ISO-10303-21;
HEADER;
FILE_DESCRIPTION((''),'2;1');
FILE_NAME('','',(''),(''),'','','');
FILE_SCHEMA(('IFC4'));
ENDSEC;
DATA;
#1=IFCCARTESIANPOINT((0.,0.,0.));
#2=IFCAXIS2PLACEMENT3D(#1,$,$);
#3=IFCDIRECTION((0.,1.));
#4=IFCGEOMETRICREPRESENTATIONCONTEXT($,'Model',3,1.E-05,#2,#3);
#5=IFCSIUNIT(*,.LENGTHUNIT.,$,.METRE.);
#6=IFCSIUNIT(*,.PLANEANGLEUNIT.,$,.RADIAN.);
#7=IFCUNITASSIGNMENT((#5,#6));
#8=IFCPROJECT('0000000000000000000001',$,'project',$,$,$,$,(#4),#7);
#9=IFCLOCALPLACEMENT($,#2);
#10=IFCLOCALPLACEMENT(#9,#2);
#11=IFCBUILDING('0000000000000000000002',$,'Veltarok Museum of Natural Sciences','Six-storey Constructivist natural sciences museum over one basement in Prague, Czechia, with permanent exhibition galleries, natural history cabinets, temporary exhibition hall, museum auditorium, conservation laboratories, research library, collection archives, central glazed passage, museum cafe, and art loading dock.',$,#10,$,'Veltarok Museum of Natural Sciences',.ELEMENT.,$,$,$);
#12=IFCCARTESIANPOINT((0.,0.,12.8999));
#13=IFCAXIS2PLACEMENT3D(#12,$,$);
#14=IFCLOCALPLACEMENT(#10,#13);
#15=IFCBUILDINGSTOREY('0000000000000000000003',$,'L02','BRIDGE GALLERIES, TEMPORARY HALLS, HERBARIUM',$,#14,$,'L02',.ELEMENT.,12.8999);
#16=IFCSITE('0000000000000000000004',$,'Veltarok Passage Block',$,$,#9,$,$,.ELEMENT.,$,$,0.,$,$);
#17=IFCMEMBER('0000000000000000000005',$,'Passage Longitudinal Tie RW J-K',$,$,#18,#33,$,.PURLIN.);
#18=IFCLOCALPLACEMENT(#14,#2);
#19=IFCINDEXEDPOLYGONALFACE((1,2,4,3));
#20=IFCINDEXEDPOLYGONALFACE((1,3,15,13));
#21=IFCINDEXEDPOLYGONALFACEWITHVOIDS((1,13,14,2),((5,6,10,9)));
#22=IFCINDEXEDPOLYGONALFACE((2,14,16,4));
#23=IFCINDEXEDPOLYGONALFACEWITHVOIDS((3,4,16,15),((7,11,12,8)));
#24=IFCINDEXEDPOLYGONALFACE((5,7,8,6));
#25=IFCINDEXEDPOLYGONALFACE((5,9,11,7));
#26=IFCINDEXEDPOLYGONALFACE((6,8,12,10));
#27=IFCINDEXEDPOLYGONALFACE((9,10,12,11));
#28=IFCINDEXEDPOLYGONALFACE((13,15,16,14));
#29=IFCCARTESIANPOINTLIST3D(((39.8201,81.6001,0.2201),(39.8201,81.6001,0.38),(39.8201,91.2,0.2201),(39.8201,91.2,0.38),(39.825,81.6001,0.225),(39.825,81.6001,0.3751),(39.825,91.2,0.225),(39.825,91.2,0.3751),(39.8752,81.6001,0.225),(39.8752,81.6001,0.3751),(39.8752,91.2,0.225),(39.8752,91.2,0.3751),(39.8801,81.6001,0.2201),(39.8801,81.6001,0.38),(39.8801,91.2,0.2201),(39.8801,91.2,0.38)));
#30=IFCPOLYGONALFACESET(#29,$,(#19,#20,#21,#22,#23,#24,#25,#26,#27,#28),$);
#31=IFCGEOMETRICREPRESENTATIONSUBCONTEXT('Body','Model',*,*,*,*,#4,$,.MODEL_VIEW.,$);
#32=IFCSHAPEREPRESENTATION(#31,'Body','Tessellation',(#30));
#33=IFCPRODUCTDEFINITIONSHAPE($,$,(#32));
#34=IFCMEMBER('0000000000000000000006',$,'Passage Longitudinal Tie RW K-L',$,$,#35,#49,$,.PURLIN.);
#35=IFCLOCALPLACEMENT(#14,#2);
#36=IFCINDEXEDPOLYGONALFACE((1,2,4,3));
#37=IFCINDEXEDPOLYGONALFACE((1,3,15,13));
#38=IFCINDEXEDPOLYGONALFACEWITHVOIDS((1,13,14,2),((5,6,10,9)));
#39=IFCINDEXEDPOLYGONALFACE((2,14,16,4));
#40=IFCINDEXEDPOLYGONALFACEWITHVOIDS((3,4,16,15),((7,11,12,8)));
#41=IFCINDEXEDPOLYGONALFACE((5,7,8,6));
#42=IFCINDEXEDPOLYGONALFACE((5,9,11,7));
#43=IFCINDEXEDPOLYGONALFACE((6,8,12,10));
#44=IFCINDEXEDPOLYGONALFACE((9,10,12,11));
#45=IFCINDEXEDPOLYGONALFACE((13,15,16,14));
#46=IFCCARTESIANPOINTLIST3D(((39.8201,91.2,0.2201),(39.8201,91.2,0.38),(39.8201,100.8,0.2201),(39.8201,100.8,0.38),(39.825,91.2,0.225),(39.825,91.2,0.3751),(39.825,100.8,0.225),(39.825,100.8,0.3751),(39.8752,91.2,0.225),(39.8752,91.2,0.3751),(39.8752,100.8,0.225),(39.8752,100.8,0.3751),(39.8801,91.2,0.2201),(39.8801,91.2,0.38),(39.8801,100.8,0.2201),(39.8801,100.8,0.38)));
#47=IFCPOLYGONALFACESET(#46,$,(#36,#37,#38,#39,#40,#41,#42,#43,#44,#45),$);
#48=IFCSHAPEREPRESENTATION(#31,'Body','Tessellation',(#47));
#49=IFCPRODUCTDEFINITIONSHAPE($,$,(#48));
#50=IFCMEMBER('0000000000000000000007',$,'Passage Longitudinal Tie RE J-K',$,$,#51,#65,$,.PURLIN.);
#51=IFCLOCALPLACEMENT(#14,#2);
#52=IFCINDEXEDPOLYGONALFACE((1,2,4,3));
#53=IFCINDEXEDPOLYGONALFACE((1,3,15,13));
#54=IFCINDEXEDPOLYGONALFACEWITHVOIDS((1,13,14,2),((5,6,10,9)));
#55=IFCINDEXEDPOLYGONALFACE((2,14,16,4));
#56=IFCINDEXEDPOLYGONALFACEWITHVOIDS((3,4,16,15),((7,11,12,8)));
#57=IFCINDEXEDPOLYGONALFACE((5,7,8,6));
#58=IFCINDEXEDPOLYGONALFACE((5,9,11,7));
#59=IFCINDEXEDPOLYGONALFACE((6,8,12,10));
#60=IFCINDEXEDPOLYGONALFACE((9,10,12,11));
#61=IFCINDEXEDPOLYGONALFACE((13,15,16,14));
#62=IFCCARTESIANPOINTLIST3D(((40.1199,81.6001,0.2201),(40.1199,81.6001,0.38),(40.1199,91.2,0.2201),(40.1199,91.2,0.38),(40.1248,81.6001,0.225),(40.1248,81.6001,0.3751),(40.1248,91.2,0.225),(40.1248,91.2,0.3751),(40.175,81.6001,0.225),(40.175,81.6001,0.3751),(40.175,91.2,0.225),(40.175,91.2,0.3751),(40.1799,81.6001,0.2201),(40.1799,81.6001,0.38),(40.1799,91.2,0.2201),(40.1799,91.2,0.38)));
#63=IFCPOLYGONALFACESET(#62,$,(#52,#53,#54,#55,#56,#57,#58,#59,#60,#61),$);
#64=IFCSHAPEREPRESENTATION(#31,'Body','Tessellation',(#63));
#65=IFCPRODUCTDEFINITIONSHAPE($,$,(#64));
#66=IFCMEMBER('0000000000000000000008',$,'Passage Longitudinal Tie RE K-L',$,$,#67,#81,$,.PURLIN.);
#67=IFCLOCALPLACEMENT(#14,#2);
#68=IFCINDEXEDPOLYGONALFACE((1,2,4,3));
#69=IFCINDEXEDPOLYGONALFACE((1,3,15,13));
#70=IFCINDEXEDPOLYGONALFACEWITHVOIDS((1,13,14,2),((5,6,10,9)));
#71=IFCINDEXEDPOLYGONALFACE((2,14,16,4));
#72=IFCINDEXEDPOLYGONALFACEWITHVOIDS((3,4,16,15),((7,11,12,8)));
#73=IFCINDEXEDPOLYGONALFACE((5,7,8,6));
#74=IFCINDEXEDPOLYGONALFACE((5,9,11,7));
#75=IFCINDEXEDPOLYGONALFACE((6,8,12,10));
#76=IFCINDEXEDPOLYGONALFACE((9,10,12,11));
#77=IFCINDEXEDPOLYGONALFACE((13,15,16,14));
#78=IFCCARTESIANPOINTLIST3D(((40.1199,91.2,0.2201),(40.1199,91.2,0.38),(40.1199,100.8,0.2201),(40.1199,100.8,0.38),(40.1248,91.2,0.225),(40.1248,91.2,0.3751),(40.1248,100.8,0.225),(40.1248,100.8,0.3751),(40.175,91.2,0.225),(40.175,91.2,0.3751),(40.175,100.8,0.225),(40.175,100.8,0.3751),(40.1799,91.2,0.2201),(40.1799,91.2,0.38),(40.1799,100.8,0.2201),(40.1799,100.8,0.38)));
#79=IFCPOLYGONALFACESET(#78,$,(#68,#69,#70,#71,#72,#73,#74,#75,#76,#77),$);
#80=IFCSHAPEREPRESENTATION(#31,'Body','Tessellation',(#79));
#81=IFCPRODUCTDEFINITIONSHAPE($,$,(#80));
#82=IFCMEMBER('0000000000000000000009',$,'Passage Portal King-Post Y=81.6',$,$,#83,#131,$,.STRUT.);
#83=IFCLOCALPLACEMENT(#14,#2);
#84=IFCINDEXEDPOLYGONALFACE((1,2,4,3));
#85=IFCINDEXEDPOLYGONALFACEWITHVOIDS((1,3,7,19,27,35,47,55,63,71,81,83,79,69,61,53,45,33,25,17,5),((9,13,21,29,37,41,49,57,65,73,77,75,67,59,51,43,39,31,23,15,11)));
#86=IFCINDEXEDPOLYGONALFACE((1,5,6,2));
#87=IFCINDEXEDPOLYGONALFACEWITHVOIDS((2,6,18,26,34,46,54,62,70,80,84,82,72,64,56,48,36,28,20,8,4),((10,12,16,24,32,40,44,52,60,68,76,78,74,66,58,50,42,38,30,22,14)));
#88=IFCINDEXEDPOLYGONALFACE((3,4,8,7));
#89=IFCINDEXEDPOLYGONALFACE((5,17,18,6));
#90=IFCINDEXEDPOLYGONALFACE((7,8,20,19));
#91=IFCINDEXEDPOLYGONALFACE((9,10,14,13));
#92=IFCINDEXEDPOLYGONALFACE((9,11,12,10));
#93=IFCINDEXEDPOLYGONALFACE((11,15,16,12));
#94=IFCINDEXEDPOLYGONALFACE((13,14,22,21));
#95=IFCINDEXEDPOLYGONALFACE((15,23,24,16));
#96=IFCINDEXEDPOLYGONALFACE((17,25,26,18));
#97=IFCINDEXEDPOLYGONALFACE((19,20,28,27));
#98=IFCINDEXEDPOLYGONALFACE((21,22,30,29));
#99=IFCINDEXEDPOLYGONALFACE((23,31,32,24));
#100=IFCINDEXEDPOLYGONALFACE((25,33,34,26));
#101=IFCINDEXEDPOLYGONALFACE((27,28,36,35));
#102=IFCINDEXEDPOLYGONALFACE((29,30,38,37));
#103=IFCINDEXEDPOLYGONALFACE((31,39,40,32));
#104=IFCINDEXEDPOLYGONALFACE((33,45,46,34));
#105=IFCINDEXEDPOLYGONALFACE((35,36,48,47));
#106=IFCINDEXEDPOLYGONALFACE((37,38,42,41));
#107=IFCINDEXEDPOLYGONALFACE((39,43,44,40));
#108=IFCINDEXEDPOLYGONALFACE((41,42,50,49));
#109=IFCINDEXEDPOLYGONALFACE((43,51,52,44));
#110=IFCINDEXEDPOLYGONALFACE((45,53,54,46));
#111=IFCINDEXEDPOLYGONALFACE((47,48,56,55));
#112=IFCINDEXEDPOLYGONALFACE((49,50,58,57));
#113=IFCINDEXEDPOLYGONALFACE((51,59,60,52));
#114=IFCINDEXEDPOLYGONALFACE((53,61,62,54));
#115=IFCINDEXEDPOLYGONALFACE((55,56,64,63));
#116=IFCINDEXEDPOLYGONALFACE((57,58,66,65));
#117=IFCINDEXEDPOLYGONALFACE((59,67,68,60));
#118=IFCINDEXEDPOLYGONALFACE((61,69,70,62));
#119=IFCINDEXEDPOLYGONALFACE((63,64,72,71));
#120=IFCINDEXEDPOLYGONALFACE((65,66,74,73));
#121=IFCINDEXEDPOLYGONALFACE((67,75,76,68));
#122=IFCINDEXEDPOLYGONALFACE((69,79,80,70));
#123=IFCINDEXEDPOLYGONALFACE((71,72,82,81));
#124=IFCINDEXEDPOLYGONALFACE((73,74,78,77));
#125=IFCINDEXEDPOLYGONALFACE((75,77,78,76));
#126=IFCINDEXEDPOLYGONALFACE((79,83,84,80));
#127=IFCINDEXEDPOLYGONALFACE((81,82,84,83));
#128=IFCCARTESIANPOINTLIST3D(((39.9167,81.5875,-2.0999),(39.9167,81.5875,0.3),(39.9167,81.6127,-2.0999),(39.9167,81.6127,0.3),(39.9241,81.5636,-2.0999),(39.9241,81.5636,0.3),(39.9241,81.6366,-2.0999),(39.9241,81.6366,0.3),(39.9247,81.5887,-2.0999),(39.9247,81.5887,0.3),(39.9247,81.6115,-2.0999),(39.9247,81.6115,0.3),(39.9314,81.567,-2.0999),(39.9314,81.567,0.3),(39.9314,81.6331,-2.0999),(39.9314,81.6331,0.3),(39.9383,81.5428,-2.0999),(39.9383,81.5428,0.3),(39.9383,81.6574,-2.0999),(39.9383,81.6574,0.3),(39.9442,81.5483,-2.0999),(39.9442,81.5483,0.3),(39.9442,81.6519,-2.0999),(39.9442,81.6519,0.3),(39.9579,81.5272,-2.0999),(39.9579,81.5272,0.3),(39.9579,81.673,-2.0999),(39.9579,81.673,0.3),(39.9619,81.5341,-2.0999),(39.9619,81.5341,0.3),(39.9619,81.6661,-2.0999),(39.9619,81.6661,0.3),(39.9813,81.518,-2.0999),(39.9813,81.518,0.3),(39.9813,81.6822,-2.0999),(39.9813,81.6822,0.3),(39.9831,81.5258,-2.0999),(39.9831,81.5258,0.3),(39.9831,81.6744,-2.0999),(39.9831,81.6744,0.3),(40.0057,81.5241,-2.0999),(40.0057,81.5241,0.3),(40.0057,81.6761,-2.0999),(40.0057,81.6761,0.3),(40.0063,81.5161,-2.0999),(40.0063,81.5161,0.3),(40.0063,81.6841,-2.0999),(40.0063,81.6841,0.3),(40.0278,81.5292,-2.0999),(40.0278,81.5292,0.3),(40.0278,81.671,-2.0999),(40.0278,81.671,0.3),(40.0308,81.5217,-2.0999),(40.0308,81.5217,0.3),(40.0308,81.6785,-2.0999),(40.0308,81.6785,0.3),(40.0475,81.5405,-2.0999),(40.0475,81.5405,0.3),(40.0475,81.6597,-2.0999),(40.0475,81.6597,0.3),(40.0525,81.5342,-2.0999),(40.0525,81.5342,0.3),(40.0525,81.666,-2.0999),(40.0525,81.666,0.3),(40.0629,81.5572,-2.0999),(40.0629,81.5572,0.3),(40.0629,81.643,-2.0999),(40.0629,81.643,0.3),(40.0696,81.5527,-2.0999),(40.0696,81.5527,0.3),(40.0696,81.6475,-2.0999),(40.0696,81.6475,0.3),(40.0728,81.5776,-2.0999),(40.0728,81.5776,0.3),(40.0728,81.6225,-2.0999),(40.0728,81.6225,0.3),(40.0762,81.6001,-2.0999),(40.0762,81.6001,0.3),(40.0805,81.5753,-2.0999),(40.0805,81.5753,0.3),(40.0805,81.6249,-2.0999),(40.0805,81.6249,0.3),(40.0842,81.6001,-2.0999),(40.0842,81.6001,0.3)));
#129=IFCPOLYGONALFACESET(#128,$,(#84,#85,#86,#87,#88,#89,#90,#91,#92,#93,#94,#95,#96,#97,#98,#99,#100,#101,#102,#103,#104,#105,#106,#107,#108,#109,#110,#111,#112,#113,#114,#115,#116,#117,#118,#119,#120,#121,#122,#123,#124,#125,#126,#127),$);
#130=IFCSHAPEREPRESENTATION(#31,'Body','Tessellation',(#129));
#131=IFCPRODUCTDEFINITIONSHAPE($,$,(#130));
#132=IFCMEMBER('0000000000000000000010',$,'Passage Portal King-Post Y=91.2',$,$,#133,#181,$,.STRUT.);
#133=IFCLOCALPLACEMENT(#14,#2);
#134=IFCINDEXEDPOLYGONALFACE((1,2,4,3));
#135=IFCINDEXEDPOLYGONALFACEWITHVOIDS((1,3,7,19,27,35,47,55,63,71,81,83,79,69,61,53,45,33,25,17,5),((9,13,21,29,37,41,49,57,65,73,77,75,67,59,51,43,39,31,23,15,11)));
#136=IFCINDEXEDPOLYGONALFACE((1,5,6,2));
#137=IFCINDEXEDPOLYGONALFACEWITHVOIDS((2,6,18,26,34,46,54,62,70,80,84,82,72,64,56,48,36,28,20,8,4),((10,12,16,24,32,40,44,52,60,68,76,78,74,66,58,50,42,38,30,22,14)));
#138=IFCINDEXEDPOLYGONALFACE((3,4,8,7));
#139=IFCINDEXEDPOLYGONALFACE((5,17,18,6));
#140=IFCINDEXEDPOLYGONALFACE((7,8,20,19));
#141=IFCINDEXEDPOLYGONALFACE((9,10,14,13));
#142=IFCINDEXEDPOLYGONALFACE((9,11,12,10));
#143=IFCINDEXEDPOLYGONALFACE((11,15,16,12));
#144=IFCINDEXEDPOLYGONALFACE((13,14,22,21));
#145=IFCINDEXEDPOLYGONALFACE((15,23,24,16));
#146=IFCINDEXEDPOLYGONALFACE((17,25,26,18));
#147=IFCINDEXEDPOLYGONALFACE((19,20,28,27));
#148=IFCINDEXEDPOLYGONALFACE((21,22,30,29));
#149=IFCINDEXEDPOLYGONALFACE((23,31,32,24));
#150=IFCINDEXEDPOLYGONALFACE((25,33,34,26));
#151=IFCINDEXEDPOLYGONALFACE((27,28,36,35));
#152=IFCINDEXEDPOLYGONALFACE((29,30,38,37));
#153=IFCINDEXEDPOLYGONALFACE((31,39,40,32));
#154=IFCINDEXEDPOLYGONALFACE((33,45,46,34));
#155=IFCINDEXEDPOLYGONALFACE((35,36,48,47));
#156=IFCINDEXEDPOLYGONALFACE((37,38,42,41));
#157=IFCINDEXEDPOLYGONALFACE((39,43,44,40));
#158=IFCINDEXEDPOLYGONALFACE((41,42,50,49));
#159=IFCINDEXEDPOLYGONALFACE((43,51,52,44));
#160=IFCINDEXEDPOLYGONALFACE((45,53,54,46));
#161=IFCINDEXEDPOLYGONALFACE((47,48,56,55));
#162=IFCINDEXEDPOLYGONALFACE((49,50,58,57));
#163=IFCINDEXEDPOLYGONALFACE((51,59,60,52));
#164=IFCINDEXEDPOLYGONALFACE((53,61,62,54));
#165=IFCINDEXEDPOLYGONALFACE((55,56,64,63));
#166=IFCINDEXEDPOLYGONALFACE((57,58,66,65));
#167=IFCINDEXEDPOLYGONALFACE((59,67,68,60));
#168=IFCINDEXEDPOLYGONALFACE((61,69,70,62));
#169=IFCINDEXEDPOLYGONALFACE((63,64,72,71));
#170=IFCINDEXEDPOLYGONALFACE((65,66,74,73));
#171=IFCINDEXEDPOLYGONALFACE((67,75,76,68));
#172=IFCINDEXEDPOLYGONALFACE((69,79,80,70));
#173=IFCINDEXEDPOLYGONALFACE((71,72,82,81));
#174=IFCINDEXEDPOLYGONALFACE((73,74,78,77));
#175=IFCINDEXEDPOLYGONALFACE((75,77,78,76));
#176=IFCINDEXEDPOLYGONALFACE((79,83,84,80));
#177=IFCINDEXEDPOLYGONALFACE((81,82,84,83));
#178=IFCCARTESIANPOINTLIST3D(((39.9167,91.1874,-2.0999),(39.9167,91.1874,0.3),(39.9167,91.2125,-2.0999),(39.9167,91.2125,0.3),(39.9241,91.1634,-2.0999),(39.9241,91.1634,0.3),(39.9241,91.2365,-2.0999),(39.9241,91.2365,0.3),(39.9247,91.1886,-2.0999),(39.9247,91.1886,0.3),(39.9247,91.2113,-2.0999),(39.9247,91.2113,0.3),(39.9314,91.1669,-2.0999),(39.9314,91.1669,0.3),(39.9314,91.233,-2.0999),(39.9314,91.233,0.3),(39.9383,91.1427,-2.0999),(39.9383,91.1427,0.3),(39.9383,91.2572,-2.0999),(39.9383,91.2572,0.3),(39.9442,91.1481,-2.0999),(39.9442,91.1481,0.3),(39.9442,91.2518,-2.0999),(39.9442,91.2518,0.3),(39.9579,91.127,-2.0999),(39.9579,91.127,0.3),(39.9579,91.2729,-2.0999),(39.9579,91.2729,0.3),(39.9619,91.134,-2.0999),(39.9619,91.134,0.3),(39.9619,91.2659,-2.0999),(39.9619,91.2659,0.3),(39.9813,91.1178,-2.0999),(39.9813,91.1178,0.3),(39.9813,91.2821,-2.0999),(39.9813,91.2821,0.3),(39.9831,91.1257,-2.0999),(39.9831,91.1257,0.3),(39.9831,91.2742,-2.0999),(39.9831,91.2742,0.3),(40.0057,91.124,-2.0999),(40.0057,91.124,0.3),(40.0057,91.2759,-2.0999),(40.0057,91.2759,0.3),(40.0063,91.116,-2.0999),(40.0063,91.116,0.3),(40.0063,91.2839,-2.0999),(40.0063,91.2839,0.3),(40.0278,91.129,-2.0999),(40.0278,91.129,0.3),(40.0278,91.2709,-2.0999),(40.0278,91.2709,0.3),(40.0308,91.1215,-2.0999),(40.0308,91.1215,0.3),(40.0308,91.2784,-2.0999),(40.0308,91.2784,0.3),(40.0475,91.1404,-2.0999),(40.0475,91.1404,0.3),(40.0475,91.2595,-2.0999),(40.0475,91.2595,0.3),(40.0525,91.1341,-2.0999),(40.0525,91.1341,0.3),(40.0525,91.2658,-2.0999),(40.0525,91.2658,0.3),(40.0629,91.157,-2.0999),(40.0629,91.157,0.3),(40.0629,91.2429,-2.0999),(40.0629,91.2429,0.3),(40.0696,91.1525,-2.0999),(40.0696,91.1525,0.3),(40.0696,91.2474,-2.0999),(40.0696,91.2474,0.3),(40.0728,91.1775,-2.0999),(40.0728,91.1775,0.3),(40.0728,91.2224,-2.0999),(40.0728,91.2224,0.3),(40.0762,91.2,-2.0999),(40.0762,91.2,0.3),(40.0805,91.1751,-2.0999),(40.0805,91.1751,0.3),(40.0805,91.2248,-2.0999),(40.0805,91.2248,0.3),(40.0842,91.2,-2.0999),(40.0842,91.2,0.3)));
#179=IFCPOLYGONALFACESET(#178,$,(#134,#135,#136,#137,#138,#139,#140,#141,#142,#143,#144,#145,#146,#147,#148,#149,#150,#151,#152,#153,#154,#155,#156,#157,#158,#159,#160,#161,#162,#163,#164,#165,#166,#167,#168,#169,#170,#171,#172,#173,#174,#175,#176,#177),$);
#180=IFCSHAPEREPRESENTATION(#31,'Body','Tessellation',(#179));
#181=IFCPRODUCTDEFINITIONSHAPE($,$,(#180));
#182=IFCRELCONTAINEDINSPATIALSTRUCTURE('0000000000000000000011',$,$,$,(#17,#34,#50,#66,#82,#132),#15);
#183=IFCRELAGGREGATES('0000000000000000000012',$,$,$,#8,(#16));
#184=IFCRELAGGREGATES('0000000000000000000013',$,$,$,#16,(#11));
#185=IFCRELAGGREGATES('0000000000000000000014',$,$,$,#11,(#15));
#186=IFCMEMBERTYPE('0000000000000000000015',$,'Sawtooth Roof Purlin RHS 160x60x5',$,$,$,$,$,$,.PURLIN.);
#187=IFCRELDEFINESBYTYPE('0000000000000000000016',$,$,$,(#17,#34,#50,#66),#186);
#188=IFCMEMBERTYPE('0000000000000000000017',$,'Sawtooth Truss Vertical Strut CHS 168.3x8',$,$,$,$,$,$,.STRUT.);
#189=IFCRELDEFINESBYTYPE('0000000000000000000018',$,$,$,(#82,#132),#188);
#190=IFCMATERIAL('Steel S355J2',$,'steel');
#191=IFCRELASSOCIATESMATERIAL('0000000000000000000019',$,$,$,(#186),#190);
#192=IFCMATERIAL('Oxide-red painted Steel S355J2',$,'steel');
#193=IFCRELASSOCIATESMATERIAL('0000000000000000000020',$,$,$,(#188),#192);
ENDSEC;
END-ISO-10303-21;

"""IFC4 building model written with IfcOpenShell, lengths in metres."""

from ifc_helpers import new_model, si_unit, direction, frame, origin, origin_2d, place, context, subcontext, project, spatial, hollow_rectangle, hollow_circle, extrude, material, material_profile, profile_set, type_object, element, save


model = new_model("IFC4")

# Units and contexts
model_context = context("Model", 3, precision=1e-05, world=origin(), true_north=direction((0.0, 1.0)))
body_context = subcontext(model_context, "Body", "Model", "MODEL_VIEW")
ifc_project = project(units=[si_unit("LENGTHUNIT", "METRE"), si_unit("PLANEANGLEUNIT", "RADIAN")], contexts=[model_context])

# Site, building, storey
site_placement = place(None, origin())
site = spatial("IfcSite", under=ifc_project, at=site_placement, Name="Veltarok Passage Block", CompositionType="ELEMENT", RefElevation=0.0)
building_placement = place(site_placement, origin())
building = spatial("IfcBuilding", under=site, at=building_placement, Name="Veltarok Museum of Natural Sciences", Description="Six-storey Constructivist natural sciences museum over one basement in Prague, Czechia, with permanent exhibition galleries, natural history cabinets, temporary exhibition hall, museum auditorium, conservation laboratories, research library, collection archives, central glazed passage, museum cafe, and art loading dock.", LongName="Veltarok Museum of Natural Sciences", CompositionType="ELEMENT")
storey_placement = place(building_placement, frame((0.0, 0.0, 12.8999)))
storey = spatial("IfcBuildingStorey", under=building, at=storey_placement, Name="L02", Description="BRIDGE GALLERIES, TEMPORARY HALLS, HERBARIUM", LongName="L02", CompositionType="ELEMENT", Elevation=12.8999)

# Members
ifc_material_1 = material(Name="Oxide-red painted Steel S355J2", Category="steel")
ifc_material_2 = material(Name="Steel S355J2", Category="steel")
ifc_material_profile_1 = material_profile(ifc_material_2, hollow_rectangle(XDim=0.0601, YDim=0.1599, WallThickness=0.0049, at=origin_2d()), Name="RHS 160x60x5")
ifc_profile_set_1 = profile_set([ifc_material_profile_1], Name="Steel S355J2")
member_type_1 = type_object("IfcMemberType", Name="Sawtooth Roof Purlin RHS 160x60x5", PredefinedType="PURLIN", material=ifc_profile_set_1)
member_1_placement = place(storey_placement, frame((39.8501, 81.6001, 0.3), z_axis=(0.0, 1.0, 0.0), x_axis=(-1.0, 0.0, 0.0)))
element("IfcMember", 1, at=member_1_placement, inside=storey, type_object=member_type_1, Name="Passage Longitudinal Tie RW J-K", PredefinedType="PURLIN", context=body_context, shape_type="SweptSolid", body=[
    extrude(hollow_rectangle(XDim=0.0601, YDim=0.1599, WallThickness=0.0049, at=origin_2d()), origin(), (0.0, 0.0, 1.0), 9.5999),
])
member_2_placement = place(storey_placement, frame((39.8501, 91.2, 0.3), z_axis=(0.0, 1.0, 0.0), x_axis=(-1.0, 0.0, 0.0)))
element("IfcMember", 2, at=member_2_placement, inside=storey, type_object=member_type_1, Name="Passage Longitudinal Tie RW K-L", PredefinedType="PURLIN", context=body_context, shape_type="SweptSolid", body=[
    extrude(hollow_rectangle(XDim=0.0601, YDim=0.1599, WallThickness=0.0049, at=origin_2d()), origin(), (0.0, 0.0, 1.0), 9.6001),
])
member_3_placement = place(storey_placement, frame((40.1499, 81.6001, 0.3), z_axis=(0.0, 1.0, 0.0), x_axis=(-1.0, 0.0, 0.0)))
element("IfcMember", 3, at=member_3_placement, inside=storey, type_object=member_type_1, Name="Passage Longitudinal Tie RE J-K", PredefinedType="PURLIN", context=body_context, shape_type="SweptSolid", body=[
    extrude(hollow_rectangle(XDim=0.0601, YDim=0.1599, WallThickness=0.0049, at=origin_2d()), origin(), (0.0, 0.0, 1.0), 9.5999),
])
member_4_placement = place(storey_placement, frame((40.1499, 91.2, 0.3), z_axis=(0.0, 1.0, 0.0), x_axis=(-1.0, 0.0, 0.0)))
element("IfcMember", 4, at=member_4_placement, inside=storey, type_object=member_type_1, Name="Passage Longitudinal Tie RE K-L", PredefinedType="PURLIN", context=body_context, shape_type="SweptSolid", body=[
    extrude(hollow_rectangle(XDim=0.0601, YDim=0.1599, WallThickness=0.0049, at=origin_2d()), origin(), (0.0, 0.0, 1.0), 9.6001),
])
ifc_material_profile_2 = material_profile(ifc_material_1, hollow_circle(Radius=0.0842, WallThickness=0.0081, at=origin_2d()), Name="CHS 168.3x8")
ifc_profile_set_2 = profile_set([ifc_material_profile_2], Name="Oxide-red painted Steel S355J2")
member_type_2 = type_object("IfcMemberType", Name="Sawtooth Truss Vertical Strut CHS 168.3x8", PredefinedType="STRUT", material=ifc_profile_set_2)
for number, where, z_axis, x_axis, name in (
    (5, (40.0, 81.6001, -2.0999), (0.0, 0.0, 1.0), (1.0, 0.0, 0.0), "Passage Portal King-Post Y=81.6"),
    (6, (40.0, 91.2, -2.0999), (0.0, 0.0, 1.0), (1.0, 0.0, 0.0), "Passage Portal King-Post Y=91.2"),
):
    element("IfcMember", number, at=place(storey_placement, frame(where, z_axis=z_axis, x_axis=x_axis)), inside=storey, type_object=member_type_2, Name=name, PredefinedType="STRUT", context=body_context, shape_type="SweptSolid", body=[
        extrude(hollow_circle(Radius=0.0842, WallThickness=0.0081, at=origin_2d()), origin(), (0.0, 0.0, 1.0), 2.3999),
    ])

save(model, "model.ifc")
